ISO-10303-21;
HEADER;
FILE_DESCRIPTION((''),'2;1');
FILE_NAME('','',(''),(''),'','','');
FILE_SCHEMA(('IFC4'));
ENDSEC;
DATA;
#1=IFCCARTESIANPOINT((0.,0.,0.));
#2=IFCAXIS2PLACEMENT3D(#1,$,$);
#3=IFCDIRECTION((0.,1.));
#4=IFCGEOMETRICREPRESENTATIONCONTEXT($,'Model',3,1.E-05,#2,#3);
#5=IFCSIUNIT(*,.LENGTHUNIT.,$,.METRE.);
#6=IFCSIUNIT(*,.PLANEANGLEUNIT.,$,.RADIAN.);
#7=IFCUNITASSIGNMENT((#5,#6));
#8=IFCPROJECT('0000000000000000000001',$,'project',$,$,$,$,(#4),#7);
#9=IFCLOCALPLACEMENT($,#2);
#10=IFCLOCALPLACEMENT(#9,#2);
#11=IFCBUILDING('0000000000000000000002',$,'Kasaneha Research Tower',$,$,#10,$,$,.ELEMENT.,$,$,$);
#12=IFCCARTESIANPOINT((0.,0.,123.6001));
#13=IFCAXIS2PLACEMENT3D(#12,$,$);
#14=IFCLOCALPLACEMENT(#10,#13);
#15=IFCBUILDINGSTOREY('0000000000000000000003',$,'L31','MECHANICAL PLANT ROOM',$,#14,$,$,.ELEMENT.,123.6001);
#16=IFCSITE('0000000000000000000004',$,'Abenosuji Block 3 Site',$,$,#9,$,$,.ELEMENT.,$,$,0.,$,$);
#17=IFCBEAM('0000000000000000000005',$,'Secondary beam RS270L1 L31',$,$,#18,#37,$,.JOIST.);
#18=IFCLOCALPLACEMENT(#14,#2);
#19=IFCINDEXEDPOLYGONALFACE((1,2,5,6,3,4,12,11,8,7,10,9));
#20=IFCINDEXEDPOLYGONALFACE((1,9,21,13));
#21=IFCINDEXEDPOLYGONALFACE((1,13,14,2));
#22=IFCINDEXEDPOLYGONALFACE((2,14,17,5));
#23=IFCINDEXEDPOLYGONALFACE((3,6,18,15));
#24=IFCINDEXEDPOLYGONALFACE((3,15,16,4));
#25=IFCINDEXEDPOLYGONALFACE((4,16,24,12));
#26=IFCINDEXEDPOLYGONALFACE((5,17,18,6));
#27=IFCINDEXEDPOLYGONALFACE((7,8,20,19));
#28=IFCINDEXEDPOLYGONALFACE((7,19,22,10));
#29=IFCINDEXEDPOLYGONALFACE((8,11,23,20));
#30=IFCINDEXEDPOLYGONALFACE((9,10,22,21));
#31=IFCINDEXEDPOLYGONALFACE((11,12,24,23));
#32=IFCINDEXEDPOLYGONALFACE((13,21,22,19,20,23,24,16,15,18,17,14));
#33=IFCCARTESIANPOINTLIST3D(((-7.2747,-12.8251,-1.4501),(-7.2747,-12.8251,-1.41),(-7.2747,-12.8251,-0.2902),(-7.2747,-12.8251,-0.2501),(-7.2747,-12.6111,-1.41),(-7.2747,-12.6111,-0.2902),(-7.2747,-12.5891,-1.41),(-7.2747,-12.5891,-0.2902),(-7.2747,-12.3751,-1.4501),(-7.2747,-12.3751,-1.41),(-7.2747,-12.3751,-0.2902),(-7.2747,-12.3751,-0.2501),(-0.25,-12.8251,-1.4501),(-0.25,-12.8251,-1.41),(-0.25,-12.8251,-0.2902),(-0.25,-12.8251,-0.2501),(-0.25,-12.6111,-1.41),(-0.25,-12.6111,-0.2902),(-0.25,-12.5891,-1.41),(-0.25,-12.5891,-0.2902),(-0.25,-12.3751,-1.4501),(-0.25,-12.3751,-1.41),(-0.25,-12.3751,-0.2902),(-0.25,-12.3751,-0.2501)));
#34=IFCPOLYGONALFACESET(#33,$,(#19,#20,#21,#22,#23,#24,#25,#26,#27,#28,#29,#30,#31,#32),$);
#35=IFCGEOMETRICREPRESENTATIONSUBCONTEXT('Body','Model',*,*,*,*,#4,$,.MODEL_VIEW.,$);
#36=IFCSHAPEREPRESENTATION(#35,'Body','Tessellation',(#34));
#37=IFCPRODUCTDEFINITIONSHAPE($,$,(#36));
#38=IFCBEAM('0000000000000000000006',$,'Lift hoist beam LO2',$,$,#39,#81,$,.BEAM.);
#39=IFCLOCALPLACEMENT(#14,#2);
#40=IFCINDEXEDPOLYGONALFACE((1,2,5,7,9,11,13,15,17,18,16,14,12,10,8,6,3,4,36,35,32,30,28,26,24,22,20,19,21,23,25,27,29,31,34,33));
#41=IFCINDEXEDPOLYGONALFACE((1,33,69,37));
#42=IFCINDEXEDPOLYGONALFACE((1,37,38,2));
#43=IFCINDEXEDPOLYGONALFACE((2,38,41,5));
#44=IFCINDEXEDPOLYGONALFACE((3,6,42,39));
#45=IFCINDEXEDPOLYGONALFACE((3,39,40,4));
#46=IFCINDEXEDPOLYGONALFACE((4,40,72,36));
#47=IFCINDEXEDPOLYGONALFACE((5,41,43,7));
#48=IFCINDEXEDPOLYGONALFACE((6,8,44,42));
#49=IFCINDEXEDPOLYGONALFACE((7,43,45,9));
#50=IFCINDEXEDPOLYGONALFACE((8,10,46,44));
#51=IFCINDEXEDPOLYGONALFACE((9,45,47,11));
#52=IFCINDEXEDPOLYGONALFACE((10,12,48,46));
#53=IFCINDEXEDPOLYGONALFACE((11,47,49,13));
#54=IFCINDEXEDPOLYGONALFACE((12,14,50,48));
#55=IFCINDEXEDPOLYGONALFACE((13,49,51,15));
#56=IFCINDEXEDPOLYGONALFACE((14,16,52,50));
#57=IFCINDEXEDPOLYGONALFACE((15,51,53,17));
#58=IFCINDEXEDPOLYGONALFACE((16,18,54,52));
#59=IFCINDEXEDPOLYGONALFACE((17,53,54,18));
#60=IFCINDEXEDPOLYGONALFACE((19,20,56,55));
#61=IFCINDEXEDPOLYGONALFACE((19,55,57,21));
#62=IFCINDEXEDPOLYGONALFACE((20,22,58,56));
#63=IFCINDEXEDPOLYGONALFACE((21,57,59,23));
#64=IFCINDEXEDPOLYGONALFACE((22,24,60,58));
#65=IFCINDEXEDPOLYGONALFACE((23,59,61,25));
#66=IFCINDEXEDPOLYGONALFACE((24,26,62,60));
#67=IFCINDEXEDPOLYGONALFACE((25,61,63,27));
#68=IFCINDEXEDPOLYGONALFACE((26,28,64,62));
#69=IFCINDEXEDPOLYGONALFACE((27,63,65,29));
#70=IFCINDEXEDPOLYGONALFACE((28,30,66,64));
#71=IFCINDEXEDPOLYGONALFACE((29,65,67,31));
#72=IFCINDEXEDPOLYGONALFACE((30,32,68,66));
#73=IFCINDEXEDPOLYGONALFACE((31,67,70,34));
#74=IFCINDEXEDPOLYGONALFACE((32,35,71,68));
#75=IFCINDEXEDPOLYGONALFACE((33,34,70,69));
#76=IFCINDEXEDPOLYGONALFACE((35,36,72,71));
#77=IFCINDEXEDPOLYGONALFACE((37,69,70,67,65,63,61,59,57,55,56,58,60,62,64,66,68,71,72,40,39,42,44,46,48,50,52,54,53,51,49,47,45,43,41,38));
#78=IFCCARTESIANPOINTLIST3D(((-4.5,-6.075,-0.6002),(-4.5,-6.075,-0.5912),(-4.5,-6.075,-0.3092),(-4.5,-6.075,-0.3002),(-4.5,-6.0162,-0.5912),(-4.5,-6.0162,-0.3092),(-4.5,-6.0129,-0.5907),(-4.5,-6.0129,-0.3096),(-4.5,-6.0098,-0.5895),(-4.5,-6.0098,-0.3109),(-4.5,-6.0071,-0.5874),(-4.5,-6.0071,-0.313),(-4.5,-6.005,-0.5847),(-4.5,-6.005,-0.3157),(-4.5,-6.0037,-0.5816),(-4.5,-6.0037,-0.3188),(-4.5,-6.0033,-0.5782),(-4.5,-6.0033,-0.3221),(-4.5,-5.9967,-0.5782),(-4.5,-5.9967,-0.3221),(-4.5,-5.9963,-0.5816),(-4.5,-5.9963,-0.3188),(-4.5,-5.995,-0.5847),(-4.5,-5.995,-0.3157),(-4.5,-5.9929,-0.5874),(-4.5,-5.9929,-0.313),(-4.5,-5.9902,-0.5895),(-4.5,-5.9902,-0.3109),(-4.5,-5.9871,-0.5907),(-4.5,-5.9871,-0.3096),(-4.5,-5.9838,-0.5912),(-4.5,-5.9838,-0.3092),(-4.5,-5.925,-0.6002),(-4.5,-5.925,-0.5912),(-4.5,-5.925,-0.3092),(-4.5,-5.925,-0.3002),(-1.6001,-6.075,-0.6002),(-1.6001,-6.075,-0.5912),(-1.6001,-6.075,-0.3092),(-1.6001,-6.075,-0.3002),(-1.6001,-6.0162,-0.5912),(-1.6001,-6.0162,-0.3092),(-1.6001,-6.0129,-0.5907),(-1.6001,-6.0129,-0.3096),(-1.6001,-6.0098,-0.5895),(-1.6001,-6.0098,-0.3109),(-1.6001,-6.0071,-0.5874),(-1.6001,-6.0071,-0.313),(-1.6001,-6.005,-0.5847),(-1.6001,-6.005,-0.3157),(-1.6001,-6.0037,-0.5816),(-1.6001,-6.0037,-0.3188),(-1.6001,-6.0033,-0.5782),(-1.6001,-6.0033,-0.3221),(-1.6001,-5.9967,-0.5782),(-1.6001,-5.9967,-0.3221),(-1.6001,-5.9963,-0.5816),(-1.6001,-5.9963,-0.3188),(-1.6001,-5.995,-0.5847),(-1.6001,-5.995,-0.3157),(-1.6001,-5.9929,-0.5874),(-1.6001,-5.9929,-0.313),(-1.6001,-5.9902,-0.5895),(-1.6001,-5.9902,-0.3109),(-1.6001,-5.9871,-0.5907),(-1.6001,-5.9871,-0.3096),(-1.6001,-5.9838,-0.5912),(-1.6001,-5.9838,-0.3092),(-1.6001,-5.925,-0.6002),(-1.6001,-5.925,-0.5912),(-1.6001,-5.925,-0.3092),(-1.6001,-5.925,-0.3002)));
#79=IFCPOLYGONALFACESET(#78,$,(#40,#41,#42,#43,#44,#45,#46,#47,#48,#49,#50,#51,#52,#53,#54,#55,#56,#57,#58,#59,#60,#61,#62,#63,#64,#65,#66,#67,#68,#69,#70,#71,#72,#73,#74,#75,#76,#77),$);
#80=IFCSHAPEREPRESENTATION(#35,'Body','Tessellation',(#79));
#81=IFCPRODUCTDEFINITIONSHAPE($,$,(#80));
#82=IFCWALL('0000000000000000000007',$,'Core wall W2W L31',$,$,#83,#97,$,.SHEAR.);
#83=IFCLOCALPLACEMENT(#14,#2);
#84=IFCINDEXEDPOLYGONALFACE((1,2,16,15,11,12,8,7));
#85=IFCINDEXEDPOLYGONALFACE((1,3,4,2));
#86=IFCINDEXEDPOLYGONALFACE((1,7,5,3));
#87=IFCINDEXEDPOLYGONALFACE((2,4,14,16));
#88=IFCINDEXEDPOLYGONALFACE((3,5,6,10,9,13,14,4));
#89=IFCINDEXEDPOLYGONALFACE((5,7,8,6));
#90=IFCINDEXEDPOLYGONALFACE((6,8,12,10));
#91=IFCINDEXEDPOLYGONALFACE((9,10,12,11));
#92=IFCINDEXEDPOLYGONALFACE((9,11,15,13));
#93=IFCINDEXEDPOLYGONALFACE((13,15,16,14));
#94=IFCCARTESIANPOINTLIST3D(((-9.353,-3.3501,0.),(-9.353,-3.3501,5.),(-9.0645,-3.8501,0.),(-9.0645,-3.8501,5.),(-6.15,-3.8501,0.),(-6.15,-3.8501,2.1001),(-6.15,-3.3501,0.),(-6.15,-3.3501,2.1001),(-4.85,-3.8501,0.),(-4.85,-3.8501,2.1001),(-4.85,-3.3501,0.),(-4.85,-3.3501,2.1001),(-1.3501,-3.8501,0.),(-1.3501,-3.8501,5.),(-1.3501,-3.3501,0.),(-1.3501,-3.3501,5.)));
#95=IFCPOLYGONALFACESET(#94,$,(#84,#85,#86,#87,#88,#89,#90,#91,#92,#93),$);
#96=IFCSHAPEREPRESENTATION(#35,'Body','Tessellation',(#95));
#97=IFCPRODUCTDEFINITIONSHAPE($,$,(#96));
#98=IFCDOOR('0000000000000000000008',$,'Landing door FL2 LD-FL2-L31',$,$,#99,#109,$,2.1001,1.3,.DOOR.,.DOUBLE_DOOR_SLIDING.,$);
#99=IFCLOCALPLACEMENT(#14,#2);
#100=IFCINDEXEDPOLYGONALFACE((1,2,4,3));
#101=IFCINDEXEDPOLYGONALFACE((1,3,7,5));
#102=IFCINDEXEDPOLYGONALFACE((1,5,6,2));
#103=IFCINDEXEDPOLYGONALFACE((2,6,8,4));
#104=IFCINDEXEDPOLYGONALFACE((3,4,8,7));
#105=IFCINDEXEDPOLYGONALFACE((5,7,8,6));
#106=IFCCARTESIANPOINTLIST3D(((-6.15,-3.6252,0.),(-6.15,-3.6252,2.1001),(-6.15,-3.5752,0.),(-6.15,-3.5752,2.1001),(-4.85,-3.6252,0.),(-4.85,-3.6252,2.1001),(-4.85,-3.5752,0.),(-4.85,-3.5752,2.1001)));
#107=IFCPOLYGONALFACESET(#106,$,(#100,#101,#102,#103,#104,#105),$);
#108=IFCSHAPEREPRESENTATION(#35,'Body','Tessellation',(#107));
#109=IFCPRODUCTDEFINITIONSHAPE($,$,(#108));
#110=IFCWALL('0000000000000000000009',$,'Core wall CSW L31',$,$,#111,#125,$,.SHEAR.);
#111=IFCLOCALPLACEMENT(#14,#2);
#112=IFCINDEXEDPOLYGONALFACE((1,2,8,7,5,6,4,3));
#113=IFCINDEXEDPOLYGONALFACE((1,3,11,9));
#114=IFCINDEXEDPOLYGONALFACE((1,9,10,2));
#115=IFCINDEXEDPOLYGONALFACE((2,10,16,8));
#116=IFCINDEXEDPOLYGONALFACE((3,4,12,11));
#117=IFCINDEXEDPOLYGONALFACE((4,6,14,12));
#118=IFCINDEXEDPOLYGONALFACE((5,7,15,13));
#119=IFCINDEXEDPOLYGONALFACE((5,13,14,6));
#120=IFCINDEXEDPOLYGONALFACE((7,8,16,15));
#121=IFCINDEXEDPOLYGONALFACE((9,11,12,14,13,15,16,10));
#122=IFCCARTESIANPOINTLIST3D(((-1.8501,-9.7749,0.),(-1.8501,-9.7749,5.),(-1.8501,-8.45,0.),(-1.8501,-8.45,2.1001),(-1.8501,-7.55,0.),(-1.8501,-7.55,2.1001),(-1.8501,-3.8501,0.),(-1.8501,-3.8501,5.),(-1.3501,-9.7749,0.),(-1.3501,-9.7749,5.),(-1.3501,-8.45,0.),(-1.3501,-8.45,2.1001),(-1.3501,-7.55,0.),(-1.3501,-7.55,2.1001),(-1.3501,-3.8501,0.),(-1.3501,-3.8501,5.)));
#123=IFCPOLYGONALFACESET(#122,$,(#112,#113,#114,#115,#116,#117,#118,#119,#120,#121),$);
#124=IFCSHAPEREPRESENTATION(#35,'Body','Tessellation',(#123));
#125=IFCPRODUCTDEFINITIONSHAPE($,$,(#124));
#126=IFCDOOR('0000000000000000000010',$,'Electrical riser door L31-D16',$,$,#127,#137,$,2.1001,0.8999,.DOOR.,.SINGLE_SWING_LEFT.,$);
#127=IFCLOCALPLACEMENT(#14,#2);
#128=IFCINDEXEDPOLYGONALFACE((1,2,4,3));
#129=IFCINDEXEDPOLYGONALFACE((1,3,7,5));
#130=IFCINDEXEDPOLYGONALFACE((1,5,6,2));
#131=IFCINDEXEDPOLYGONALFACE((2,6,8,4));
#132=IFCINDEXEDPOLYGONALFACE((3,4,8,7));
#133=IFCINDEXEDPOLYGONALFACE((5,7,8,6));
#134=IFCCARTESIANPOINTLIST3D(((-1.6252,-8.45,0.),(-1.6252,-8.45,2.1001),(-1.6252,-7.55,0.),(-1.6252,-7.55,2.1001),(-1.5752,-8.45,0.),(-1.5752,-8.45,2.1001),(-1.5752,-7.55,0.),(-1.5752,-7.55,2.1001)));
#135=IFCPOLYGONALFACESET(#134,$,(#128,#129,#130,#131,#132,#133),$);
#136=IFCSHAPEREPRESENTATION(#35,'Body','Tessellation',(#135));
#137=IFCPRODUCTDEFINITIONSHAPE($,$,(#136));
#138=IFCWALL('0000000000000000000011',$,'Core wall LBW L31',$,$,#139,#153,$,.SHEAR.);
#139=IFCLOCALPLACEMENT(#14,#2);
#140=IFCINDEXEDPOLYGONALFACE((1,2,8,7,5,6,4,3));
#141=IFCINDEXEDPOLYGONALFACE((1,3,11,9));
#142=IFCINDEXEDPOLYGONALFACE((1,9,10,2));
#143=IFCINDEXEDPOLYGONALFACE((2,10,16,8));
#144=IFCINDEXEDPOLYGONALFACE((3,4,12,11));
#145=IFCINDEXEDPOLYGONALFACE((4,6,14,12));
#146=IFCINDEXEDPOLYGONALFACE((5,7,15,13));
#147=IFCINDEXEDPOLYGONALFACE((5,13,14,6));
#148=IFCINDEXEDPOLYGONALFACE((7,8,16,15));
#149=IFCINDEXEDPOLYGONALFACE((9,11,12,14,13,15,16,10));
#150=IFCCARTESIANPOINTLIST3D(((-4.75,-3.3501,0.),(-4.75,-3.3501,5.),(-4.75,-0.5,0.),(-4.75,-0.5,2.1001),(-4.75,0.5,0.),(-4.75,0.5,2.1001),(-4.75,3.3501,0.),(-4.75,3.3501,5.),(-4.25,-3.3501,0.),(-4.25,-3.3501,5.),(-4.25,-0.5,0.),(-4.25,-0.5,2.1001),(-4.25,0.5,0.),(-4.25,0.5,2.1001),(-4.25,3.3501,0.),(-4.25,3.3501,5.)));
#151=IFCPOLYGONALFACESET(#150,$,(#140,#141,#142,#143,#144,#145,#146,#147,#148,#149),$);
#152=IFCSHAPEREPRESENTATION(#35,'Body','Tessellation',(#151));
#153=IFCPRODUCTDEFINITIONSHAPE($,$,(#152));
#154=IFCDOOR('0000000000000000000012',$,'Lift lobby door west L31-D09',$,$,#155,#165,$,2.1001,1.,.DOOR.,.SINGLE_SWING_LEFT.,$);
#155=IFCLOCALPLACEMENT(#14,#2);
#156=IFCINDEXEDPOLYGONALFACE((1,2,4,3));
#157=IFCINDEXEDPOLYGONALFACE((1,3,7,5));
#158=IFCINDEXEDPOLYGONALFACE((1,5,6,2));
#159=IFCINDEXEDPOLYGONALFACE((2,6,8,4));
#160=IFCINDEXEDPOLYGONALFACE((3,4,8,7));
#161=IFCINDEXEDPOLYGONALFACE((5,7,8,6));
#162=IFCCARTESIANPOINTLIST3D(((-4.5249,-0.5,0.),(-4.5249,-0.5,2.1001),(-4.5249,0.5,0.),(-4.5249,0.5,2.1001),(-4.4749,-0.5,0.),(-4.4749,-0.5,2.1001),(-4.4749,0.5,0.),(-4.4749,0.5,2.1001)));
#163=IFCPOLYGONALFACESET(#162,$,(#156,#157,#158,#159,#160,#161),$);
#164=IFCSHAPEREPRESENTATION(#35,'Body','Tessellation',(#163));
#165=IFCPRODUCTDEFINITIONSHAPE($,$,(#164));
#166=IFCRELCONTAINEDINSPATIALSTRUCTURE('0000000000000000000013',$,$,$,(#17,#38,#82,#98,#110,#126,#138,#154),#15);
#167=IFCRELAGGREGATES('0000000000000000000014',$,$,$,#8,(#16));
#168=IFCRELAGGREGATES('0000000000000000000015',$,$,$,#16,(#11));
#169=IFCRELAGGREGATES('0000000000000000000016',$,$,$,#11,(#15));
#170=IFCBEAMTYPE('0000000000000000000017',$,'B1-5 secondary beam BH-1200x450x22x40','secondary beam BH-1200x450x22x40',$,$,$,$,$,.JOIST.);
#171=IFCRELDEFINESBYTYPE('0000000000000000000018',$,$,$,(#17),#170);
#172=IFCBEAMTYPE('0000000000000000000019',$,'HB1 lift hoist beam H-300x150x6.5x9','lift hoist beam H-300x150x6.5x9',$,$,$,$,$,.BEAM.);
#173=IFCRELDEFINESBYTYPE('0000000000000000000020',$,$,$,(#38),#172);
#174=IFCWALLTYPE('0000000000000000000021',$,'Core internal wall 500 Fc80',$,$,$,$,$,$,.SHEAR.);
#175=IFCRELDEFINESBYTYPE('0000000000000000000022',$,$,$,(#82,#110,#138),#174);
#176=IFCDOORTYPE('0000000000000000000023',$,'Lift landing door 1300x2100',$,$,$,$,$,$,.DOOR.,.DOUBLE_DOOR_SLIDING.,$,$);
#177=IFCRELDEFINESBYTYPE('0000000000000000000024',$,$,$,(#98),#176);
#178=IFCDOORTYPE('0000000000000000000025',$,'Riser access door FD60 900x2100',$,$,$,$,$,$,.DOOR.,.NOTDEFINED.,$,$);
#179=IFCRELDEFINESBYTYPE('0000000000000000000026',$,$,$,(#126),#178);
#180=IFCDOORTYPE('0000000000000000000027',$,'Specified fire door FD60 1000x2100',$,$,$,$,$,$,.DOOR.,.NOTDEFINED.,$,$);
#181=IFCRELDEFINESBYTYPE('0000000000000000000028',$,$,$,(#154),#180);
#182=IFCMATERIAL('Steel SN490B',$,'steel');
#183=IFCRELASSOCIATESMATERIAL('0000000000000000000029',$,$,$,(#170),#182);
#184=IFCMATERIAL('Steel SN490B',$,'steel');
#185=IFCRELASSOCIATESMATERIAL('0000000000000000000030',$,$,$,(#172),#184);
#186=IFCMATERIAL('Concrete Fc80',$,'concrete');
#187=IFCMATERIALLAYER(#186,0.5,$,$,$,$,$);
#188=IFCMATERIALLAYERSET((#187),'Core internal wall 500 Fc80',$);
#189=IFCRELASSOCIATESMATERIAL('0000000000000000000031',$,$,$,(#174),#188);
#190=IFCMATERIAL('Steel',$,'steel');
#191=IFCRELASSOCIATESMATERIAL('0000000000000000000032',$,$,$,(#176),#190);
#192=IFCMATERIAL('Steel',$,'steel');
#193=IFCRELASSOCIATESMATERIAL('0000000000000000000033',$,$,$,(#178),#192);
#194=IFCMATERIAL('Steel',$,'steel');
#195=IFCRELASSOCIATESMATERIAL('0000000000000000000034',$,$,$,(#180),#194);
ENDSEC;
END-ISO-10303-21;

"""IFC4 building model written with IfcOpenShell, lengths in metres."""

from ifc_helpers import new_model, si_unit, direction, frame, frame_2d, origin, origin_2d, place, context, subcontext, project, spatial, polyline, rectangle, i_section, outline, extrude, material, layer, layer_set, material_profile, profile_set, type_object, element, fill, save


model = new_model("IFC4")

# Units and contexts
model_context = context("Model", 3, precision=1e-05, world=origin(), true_north=direction((0.0, 1.0)))
body_context = subcontext(model_context, "Body", "Model", "MODEL_VIEW")
ifc_project = project(units=[si_unit("LENGTHUNIT", "METRE"), si_unit("PLANEANGLEUNIT", "RADIAN")], contexts=[model_context])

# Site, building, storey
site_placement = place(None, origin())
site = spatial("IfcSite", under=ifc_project, at=site_placement, Name="Abenosuji Block 3 Site", CompositionType="ELEMENT", RefElevation=0.0)
building_placement = place(site_placement, origin())
building = spatial("IfcBuilding", under=site, at=building_placement, Name="Kasaneha Research Tower", CompositionType="ELEMENT")
storey_placement = place(building_placement, frame((0.0, 0.0, 123.6001)))
storey = spatial("IfcBuildingStorey", under=building, at=storey_placement, Name="L31", Description="MECHANICAL PLANT ROOM", CompositionType="ELEMENT", Elevation=123.6001)

# Beams
ifc_material_1 = material(Name="Steel SN490B", Category="steel")
ifc_material_profile_1 = material_profile(ifc_material_1, i_section(OverallWidth=0.45, OverallDepth=1.2, WebThickness=0.022, FlangeThickness=0.04, at=origin_2d()), Name="BH-1200x450x22x40")
ifc_profile_set_1 = profile_set([ifc_material_profile_1], Name="Steel SN490B")
beam_type_1 = type_object("IfcBeamType", Name="B1-5 secondary beam BH-1200x450x22x40", Description="secondary beam BH-1200x450x22x40", PredefinedType="JOIST", material=ifc_profile_set_1)
beam_1_placement = place(storey_placement, frame((-7.2747, -12.6001, -0.8501), z_axis=(1.0, 0.0, 0.0), x_axis=(0.0, 1.0, 0.0)))
element("IfcBeam", 1, at=beam_1_placement, inside=storey, type_object=beam_type_1, Name="Secondary beam RS270L1 L31", PredefinedType="JOIST", context=body_context, shape_type="SweptSolid", body=[
    extrude(i_section(OverallWidth=0.45, OverallDepth=1.2, WebThickness=0.022, FlangeThickness=0.04, at=origin_2d()), origin(), (0.0, 0.0, 1.0), 7.0247),
])
ifc_material_2 = material(Name="Steel SN490B", Category="steel")
ifc_material_profile_2 = material_profile(ifc_material_2, i_section(OverallWidth=0.1499, OverallDepth=0.3, WebThickness=0.0066, FlangeThickness=0.009, FilletRadius=0.0129, at=origin_2d()), Name="H-300x150x6.5x9")
ifc_profile_set_2 = profile_set([ifc_material_profile_2], Name="Steel SN490B")
beam_type_2 = type_object("IfcBeamType", Name="HB1 lift hoist beam H-300x150x6.5x9", Description="lift hoist beam H-300x150x6.5x9", PredefinedType="BEAM", material=ifc_profile_set_2)
beam_2_placement = place(storey_placement, frame((-4.5, -6.0, -0.4502), z_axis=(1.0, 0.0, 0.0), x_axis=(0.0, 1.0, 0.0)))
element("IfcBeam", 2, at=beam_2_placement, inside=storey, type_object=beam_type_2, Name="Lift hoist beam LO2", PredefinedType="BEAM", context=body_context, shape_type="SweptSolid", body=[
    extrude(i_section(OverallWidth=0.1499, OverallDepth=0.3, WebThickness=0.0066, FlangeThickness=0.009, FilletRadius=0.0129, at=origin_2d()), origin(), (0.0, 0.0, 1.0), 2.8999),
])

# Walls, openings, doors
ifc_material_3 = material(Name="Concrete Fc80", Category="concrete")
ifc_layer_1 = layer(ifc_material_3, 0.5)
ifc_layer_set_1 = layer_set([ifc_layer_1], Name="Core internal wall 500 Fc80")
wall_type_1 = type_object("IfcWallType", Name="Core internal wall 500 Fc80", PredefinedType="SHEAR", material=ifc_layer_set_1)
wall_1_placement = place(storey_placement, frame((-9.2087, -3.6001, 0.0), z_axis=(0.0, 0.0, 1.0), x_axis=(1.0, 0.0, 0.0)))
wall_1 = element("IfcWall", 3, at=wall_1_placement, inside=storey, type_object=wall_type_1, Name="Core wall W2W L31", PredefinedType="SHEAR", context=body_context, shape_type="SweptSolid", body=[
    extrude(outline(polyline([(0.1443, -0.25), (3.0588, -0.25), (4.3589, -0.25), (7.8586, -0.25), (7.8586, 0.25), (4.3589, 0.25), (3.0588, 0.25), (-0.1443, 0.25), (0.1443, -0.25)])), origin(), (0.0, 0.0, 1.0), 5.0),
])
opening_1_placement = place(wall_1_placement, frame((3.0588, 0.0, 0.0)))
opening_1 = element("IfcOpeningElement", 4, at=opening_1_placement, cuts=wall_1, PredefinedType="OPENING", context=body_context, shape_type="SweptSolid", body=[
    extrude(rectangle(XDim=1.3, YDim=2.1001, at=frame_2d((0.6499, 1.05))), frame((0.0, 0.26, 0.0), z_axis=(0.0, -1.0, 0.0), x_axis=(1.0, 0.0, 0.0)), (0.0, 0.0, 1.0), 0.52),
])
ifc_material_4 = material(Name="Steel", Category="steel")
door_type_1 = type_object("IfcDoorType", Name="Lift landing door 1300x2100", OperationType="DOUBLE_DOOR_SLIDING", PredefinedType="DOOR", material=ifc_material_4)
door_1_placement = place(opening_1_placement, origin())
door_1 = element("IfcDoor", 5, at=door_1_placement, inside=storey, type_object=door_type_1, Name="Landing door FL2 LD-FL2-L31", OperationType="DOUBLE_DOOR_SLIDING", OverallHeight=2.1001, OverallWidth=1.3, PredefinedType="DOOR", context=body_context, shape_type="SweptSolid", body=[
    extrude(rectangle(XDim=1.3, YDim=2.1001, at=frame_2d((0.6499, 1.05))), frame((0.0, 0.0249, 0.0), z_axis=(0.0, -1.0, 0.0), x_axis=(1.0, 0.0, 0.0)), (0.0, 0.0, 1.0), 0.05),
])
fill(opening_1, door_1)
wall_2_placement = place(storey_placement, frame((-1.6001, -3.8501, 0.0), z_axis=(0.0, 0.0, 1.0), x_axis=(0.0, -1.0, 0.0)))
wall_2 = element("IfcWall", 6, at=wall_2_placement, inside=storey, type_object=wall_type_1, Name="Core wall CSW L31", PredefinedType="SHEAR", context=body_context, shape_type="SweptSolid", body=[
    extrude(rectangle(XDim=5.9248, YDim=0.5, at=frame_2d((2.9624, 0.0))), origin(), (0.0, 0.0, 1.0), 5.0),
])
opening_2_placement = place(wall_2_placement, frame((3.7, 0.0, 0.0)))
opening_2 = element("IfcOpeningElement", 7, at=opening_2_placement, cuts=wall_2, PredefinedType="OPENING", context=body_context, shape_type="SweptSolid", body=[
    extrude(rectangle(XDim=0.8999, YDim=2.1001, at=frame_2d((0.45, 1.05))), frame((0.0, 0.26, 0.0), z_axis=(0.0, -1.0, 0.0), x_axis=(1.0, 0.0, 0.0)), (0.0, 0.0, 1.0), 0.52),
])
ifc_material_5 = material(Name="Steel", Category="steel")
door_type_2 = type_object("IfcDoorType", Name="Riser access door FD60 900x2100", OperationType="NOTDEFINED", PredefinedType="DOOR", material=ifc_material_5)
door_2_placement = place(opening_2_placement, origin())
door_2 = element("IfcDoor", 8, at=door_2_placement, inside=storey, type_object=door_type_2, Name="Electrical riser door L31-D16", OperationType="SINGLE_SWING_LEFT", OverallHeight=2.1001, OverallWidth=0.8999, PredefinedType="DOOR", context=body_context, shape_type="SweptSolid", body=[
    extrude(rectangle(XDim=0.8999, YDim=2.1001, at=frame_2d((0.45, 1.05))), frame((0.0, 0.0249, 0.0), z_axis=(0.0, -1.0, 0.0), x_axis=(1.0, 0.0, 0.0)), (0.0, 0.0, 1.0), 0.05),
])
fill(opening_2, door_2)
wall_3_placement = place(storey_placement, frame((-4.5, -3.3501, 0.0), z_axis=(0.0, 0.0, 1.0), x_axis=(0.0, 1.0, 0.0)))
wall_3 = element("IfcWall", 9, at=wall_3_placement, inside=storey, type_object=wall_type_1, Name="Core wall LBW L31", PredefinedType="SHEAR", context=body_context, shape_type="SweptSolid", body=[
    extrude(rectangle(XDim=6.7002, YDim=0.5, at=frame_2d((3.3501, 0.0))), origin(), (0.0, 0.0, 1.0), 5.0),
])
opening_3_placement = place(wall_3_placement, frame((2.8501, 0.0, 0.0)))
opening_3 = element("IfcOpeningElement", 10, at=opening_3_placement, cuts=wall_3, PredefinedType="OPENING", context=body_context, shape_type="SweptSolid", body=[
    extrude(rectangle(XDim=1.0, YDim=2.1001, at=frame_2d((0.5, 1.05))), frame((0.0, 0.26, 0.0), z_axis=(0.0, -1.0, 0.0), x_axis=(1.0, 0.0, 0.0)), (0.0, 0.0, 1.0), 0.52),
])
ifc_material_6 = material(Name="Steel", Category="steel")
door_type_3 = type_object("IfcDoorType", Name="Specified fire door FD60 1000x2100", OperationType="NOTDEFINED", PredefinedType="DOOR", material=ifc_material_6)
door_3_placement = place(opening_3_placement, origin())
door_3 = element("IfcDoor", 11, at=door_3_placement, inside=storey, type_object=door_type_3, Name="Lift lobby door west L31-D09", OperationType="SINGLE_SWING_LEFT", OverallHeight=2.1001, OverallWidth=1.0, PredefinedType="DOOR", context=body_context, shape_type="SweptSolid", body=[
    extrude(rectangle(XDim=1.0, YDim=2.1001, at=frame_2d((0.5, 1.05))), frame((0.0, 0.0249, 0.0), z_axis=(0.0, -1.0, 0.0), x_axis=(1.0, 0.0, 0.0)), (0.0, 0.0, 1.0), 0.05),
])
fill(opening_3, door_3)

save(model, "model.ifc")
